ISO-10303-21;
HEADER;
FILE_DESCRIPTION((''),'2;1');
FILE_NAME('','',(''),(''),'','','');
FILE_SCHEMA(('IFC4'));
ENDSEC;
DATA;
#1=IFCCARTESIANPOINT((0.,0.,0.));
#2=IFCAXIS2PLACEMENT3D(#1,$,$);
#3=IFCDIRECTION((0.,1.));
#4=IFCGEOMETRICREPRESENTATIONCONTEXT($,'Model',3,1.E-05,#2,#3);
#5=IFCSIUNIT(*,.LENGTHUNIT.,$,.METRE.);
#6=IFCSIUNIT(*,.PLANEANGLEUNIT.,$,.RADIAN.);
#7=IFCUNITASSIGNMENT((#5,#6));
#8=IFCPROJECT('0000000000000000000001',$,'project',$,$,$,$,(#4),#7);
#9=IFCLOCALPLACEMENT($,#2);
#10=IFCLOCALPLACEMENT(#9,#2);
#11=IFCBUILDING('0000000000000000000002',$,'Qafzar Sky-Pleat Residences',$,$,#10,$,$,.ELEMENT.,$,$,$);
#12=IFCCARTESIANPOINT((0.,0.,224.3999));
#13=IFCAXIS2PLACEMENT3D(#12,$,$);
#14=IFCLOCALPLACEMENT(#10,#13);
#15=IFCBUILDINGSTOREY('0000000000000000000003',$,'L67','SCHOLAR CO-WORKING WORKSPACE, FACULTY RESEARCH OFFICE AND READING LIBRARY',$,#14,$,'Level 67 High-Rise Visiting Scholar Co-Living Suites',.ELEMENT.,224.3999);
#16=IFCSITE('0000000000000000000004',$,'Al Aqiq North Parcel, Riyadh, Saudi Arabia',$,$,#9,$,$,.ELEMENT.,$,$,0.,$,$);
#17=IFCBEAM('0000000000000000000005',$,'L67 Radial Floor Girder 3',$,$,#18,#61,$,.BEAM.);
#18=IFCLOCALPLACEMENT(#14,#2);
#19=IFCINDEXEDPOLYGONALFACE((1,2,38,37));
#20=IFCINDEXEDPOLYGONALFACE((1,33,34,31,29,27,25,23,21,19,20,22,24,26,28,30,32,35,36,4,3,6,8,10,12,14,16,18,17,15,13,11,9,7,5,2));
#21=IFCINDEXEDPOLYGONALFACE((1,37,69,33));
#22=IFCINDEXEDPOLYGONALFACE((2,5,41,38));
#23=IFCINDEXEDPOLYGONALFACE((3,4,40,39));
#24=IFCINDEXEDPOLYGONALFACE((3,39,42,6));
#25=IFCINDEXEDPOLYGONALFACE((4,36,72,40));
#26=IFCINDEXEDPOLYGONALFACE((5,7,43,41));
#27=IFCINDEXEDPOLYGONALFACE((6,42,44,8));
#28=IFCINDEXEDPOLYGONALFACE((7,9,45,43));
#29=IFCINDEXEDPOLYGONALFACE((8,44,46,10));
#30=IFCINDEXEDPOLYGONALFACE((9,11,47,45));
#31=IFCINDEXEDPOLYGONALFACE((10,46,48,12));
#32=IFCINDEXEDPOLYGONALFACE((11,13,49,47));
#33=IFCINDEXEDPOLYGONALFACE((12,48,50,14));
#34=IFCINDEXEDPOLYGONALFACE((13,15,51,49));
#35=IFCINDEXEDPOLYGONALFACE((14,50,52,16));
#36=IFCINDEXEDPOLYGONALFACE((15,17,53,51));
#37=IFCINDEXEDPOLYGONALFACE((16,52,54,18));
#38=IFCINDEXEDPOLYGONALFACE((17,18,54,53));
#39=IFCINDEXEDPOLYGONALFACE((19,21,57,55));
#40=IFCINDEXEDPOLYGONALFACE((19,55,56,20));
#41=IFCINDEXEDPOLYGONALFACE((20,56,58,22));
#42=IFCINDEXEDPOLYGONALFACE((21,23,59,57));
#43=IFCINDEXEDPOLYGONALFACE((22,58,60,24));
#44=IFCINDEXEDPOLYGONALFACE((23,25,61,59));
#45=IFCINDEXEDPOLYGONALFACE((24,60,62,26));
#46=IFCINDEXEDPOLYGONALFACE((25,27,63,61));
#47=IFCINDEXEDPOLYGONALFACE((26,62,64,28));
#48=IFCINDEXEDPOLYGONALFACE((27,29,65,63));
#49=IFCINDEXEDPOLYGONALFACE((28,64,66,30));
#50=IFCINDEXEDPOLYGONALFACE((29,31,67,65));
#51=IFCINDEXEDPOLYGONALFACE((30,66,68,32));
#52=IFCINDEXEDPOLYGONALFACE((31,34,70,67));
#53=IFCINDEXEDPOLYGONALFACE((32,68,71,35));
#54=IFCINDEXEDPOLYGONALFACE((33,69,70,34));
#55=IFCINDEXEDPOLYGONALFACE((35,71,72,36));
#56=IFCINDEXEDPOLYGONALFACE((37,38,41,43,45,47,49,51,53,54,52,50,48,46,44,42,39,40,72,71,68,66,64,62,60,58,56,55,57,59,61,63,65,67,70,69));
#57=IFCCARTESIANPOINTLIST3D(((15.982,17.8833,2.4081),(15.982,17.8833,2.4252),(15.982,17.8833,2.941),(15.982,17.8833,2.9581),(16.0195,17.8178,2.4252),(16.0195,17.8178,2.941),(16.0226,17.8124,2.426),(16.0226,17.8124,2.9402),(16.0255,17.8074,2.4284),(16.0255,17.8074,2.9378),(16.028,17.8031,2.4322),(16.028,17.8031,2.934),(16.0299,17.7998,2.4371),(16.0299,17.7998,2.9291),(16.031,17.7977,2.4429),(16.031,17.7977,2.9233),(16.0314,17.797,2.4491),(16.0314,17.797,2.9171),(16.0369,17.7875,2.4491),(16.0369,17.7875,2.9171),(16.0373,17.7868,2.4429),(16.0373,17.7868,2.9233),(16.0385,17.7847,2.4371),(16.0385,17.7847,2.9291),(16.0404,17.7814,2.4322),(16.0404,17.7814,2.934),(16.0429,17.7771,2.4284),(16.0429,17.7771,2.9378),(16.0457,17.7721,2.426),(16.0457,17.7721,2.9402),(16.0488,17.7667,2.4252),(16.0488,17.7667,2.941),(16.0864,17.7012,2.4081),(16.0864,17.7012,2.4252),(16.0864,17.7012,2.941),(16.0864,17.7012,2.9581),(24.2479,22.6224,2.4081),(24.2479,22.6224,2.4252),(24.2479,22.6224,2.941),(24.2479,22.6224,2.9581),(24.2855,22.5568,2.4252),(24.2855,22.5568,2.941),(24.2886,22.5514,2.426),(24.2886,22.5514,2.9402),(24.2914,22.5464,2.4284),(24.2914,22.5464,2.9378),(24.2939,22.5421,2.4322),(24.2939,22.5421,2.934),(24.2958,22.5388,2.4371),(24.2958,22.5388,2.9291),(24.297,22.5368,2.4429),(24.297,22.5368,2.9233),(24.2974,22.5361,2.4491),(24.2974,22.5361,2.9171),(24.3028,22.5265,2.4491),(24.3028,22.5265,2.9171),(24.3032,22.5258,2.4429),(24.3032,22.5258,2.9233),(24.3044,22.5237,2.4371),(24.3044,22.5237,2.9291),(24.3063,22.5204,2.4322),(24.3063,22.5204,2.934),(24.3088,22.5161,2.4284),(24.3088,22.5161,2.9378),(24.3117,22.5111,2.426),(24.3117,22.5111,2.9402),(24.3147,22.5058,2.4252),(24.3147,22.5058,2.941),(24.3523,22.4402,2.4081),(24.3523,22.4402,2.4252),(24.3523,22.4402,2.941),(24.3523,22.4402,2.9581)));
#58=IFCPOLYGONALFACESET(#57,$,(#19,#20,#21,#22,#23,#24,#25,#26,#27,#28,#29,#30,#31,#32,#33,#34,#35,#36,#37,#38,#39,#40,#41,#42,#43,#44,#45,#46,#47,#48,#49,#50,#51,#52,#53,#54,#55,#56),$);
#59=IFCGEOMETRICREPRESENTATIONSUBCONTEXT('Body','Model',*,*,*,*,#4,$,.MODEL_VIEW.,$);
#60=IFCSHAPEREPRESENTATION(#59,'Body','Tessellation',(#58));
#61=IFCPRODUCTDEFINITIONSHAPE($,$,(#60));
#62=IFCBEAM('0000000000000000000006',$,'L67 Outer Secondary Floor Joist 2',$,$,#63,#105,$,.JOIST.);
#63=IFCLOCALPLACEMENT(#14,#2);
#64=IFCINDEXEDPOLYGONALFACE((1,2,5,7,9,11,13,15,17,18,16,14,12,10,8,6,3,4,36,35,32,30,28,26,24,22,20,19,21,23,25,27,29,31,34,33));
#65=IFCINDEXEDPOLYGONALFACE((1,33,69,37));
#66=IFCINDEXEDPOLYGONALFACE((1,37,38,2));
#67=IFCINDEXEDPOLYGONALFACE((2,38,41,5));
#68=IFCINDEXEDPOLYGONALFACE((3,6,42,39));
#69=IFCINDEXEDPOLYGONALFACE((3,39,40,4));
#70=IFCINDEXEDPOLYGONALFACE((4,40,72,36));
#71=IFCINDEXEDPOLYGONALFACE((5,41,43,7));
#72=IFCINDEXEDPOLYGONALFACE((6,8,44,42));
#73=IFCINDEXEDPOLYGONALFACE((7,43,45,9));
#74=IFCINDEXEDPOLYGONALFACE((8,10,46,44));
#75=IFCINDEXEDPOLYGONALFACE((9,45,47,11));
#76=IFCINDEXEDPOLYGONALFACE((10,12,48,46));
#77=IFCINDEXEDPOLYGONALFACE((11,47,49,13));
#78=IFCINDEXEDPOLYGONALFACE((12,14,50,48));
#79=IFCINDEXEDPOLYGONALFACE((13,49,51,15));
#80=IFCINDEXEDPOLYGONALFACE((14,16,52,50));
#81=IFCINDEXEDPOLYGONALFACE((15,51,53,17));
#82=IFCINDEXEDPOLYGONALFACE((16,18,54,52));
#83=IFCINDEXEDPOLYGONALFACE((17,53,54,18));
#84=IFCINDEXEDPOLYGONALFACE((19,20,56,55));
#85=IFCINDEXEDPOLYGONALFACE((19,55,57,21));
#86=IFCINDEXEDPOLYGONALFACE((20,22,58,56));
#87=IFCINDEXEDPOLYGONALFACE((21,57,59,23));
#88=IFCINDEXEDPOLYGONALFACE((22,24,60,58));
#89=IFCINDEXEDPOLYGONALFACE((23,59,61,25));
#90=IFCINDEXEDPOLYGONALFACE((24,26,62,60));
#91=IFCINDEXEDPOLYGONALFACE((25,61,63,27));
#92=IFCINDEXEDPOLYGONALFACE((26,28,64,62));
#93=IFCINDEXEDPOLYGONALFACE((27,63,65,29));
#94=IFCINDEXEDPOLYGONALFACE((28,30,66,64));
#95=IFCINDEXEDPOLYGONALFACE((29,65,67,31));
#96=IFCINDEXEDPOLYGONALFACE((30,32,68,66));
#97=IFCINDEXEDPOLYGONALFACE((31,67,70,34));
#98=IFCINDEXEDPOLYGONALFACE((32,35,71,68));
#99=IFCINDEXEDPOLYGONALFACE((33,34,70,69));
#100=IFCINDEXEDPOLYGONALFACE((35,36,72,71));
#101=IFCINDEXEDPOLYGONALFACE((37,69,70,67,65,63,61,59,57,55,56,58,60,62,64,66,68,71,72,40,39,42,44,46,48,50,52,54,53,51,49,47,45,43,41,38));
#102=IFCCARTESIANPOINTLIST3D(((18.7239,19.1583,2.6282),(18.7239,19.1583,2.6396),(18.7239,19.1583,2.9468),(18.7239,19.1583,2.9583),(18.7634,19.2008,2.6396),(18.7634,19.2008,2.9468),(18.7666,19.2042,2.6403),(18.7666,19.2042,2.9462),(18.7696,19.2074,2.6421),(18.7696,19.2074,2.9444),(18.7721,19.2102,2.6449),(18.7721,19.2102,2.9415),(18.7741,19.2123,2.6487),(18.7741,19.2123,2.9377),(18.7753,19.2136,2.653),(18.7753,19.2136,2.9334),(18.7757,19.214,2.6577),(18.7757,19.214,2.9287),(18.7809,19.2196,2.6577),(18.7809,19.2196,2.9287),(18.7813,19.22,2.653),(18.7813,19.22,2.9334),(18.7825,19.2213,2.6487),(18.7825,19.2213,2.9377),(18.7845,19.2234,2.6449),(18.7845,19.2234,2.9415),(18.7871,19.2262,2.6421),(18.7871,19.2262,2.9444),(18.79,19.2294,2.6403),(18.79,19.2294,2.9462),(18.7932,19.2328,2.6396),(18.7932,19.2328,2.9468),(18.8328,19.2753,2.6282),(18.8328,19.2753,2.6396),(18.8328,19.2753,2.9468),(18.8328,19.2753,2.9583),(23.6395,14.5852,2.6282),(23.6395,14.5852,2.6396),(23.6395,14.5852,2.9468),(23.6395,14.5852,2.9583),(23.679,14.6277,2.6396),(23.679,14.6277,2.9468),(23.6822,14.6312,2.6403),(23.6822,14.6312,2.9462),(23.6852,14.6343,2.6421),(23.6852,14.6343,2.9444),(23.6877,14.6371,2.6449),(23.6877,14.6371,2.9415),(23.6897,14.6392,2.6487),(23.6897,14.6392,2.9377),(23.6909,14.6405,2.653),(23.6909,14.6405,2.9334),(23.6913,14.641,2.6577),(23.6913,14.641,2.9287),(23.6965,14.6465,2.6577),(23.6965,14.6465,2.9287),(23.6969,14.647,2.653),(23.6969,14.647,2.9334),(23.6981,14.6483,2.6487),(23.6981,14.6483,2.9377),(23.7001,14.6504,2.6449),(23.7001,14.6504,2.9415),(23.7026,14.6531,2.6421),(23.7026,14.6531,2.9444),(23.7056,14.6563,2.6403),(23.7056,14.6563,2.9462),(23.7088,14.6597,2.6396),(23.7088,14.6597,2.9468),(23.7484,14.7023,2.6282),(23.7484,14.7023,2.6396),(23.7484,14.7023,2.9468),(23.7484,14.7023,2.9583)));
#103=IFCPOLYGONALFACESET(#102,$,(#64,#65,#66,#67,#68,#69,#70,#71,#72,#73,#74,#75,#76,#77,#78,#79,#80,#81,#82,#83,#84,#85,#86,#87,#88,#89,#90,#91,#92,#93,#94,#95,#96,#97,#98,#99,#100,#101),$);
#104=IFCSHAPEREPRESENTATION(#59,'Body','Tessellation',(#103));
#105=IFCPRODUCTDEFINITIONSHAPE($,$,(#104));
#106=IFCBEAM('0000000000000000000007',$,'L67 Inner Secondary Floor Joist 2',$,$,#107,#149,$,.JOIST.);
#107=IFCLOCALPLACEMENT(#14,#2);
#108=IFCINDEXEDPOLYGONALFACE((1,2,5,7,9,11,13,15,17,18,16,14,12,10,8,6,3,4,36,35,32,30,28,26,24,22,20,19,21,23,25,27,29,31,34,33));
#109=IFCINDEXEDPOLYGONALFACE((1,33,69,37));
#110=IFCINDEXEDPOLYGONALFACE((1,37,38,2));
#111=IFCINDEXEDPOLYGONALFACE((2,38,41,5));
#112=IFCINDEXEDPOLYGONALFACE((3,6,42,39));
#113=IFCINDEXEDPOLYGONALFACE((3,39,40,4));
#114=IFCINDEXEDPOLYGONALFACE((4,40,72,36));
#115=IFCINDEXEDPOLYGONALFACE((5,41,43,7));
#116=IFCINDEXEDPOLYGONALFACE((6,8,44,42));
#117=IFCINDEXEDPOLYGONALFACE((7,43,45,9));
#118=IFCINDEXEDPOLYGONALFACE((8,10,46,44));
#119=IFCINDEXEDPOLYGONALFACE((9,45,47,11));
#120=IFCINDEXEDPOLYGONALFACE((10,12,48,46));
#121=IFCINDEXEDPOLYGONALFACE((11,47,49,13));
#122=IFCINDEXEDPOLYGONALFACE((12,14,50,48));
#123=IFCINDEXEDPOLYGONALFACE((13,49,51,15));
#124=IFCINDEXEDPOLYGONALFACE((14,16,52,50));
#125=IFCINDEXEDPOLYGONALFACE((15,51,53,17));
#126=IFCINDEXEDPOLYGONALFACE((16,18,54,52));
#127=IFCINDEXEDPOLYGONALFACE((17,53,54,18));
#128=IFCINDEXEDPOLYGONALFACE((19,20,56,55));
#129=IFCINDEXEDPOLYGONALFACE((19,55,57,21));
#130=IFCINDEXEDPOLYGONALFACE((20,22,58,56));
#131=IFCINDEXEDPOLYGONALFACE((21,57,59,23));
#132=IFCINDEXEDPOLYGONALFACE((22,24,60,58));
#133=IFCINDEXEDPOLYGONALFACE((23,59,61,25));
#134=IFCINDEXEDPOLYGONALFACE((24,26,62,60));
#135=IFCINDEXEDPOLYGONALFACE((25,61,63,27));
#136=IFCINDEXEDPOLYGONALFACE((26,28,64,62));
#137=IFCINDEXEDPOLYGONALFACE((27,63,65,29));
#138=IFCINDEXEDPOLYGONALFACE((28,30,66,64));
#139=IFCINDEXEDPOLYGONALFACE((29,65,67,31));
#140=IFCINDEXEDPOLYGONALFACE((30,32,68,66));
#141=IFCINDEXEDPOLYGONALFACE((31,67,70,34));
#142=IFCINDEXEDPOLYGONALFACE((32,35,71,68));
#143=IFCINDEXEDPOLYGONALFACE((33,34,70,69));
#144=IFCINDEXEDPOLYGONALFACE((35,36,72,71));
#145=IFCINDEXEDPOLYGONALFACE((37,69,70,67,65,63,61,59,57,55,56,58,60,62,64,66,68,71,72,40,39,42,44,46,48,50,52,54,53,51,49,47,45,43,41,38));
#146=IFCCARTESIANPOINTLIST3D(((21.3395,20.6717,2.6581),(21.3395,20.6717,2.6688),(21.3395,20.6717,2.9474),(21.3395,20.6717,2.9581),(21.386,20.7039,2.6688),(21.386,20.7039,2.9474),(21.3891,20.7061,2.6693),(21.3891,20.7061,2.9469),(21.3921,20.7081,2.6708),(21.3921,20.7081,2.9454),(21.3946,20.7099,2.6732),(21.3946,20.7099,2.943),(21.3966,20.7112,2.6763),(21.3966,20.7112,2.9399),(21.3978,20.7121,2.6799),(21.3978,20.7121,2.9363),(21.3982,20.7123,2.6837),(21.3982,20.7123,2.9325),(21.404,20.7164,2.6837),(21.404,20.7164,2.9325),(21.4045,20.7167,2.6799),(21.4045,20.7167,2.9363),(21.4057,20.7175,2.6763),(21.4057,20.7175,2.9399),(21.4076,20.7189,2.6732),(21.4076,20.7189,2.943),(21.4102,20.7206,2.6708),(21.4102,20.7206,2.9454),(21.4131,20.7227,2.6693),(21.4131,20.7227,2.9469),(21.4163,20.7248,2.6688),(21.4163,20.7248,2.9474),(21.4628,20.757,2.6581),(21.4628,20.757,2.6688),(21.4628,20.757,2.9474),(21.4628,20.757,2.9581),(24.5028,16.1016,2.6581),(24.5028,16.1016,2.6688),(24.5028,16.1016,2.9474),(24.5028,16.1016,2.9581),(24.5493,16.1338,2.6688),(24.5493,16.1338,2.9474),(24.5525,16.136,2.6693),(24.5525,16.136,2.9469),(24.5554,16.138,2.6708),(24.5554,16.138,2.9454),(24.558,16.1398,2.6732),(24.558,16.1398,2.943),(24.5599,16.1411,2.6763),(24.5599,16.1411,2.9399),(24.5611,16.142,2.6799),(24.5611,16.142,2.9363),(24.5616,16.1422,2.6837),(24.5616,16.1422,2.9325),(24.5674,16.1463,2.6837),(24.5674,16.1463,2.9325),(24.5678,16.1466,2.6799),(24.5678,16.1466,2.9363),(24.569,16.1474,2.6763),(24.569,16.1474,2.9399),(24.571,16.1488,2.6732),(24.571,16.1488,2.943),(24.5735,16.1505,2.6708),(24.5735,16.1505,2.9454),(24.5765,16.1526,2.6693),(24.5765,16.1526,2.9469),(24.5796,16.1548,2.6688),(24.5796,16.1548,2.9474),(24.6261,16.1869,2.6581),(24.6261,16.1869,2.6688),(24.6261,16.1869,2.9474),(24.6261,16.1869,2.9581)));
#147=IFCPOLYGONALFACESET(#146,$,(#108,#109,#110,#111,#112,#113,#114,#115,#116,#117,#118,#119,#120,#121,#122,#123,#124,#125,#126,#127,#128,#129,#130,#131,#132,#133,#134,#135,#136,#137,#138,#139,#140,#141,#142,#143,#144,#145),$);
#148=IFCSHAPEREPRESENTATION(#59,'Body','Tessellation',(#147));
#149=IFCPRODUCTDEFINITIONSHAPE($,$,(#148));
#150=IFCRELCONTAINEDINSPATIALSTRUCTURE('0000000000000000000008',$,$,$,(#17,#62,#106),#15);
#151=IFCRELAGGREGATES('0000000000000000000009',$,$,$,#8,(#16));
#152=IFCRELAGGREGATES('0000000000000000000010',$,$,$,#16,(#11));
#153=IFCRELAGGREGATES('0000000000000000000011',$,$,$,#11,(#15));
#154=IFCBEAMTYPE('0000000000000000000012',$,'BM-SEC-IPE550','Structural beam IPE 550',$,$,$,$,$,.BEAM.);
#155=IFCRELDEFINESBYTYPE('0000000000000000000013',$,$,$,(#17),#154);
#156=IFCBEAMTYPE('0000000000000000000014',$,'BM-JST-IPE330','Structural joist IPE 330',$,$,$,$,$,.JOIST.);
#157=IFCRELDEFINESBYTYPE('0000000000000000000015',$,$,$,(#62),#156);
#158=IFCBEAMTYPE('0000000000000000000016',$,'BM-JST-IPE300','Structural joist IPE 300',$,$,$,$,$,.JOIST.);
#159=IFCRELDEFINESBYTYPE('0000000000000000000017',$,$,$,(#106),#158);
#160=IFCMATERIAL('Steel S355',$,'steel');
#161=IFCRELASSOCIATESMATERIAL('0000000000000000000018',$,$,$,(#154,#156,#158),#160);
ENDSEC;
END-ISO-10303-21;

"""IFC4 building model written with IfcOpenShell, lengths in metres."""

from ifc_helpers import new_model, si_unit, direction, frame, origin, origin_2d, place, context, subcontext, project, spatial, i_section, extrude, source, transform, mapped, material, material_profile, profile_set, type_object, element, save


model = new_model("IFC4")

# Units and contexts
model_context = context("Model", 3, precision=1e-05, world=origin(), true_north=direction((0.0, 1.0)))
body_context = subcontext(model_context, "Body", "Model", "MODEL_VIEW")
ifc_project = project(units=[si_unit("LENGTHUNIT", "METRE"), si_unit("PLANEANGLEUNIT", "RADIAN")], contexts=[model_context])

# Site, building, storey
site_placement = place(None, origin())
site = spatial("IfcSite", under=ifc_project, at=site_placement, Name="Al Aqiq North Parcel, Riyadh, Saudi Arabia", CompositionType="ELEMENT", RefElevation=0.0)
building_placement = place(site_placement, origin())
building = spatial("IfcBuilding", under=site, at=building_placement, Name="Qafzar Sky-Pleat Residences", CompositionType="ELEMENT")
storey_placement = place(building_placement, frame((0.0, 0.0, 224.3999)))
storey = spatial("IfcBuildingStorey", under=building, at=storey_placement, Name="L67", Description="SCHOLAR CO-WORKING WORKSPACE, FACULTY RESEARCH OFFICE AND READING LIBRARY", LongName="Level 67 High-Rise Visiting Scholar Co-Living Suites", CompositionType="ELEMENT", Elevation=224.3999)

# Beams
ifc_material_1 = material(Name="Steel S355", Category="steel")
ifc_material_profile_1 = material_profile(ifc_material_1, i_section(OverallWidth=0.21, OverallDepth=0.55, WebThickness=0.011, FlangeThickness=0.0171, FilletRadius=0.0239, at=origin_2d()), Name="IPE 550")
ifc_profile_set_1 = profile_set([ifc_material_profile_1], Name="Steel S355")
beam_type_1 = type_object("IfcBeamType", Name="BM-SEC-IPE550", Description="Structural beam IPE 550", PredefinedType="BEAM", material=ifc_profile_set_1)
shared_shape_1 = source(origin(), body_context, "Body", "SweptSolid", [
    extrude(i_section(OverallWidth=0.21, OverallDepth=0.55, WebThickness=0.011, FlangeThickness=0.0171, FilletRadius=0.0239, at=origin_2d()), origin(), (0.0, 0.0, 1.0), 9.5281),
])
beam_1_placement = place(storey_placement, frame((16.0342, 17.7922, 2.6831), z_axis=(0.867534, 0.497377, 0.0), x_axis=(-0.497377, 0.867534, 0.0)))
element("IfcBeam", 1, at=beam_1_placement, inside=storey, type_object=beam_type_1, Name="L67 Radial Floor Girder 3", PredefinedType="BEAM", context=body_context, shape_type="MappedRepresentation", body=[
    mapped(shared_shape_1, transform((0.0, 0.0, 0.0), x_axis=(1.0, 0.0, 0.0), y_axis=(0.0, 1.0, 0.0), z_axis=(0.0, 0.0, 1.0), scale=1.0)),
])
ifc_material_profile_2 = material_profile(ifc_material_1, i_section(OverallWidth=0.1599, OverallDepth=0.3301, WebThickness=0.0076, FlangeThickness=0.0115, FilletRadius=0.0181, at=origin_2d()), Name="IPE 330")
ifc_profile_set_2 = profile_set([ifc_material_profile_2], Name="Steel S355")
beam_type_2 = type_object("IfcBeamType", Name="BM-JST-IPE330", Description="Structural joist IPE 330", PredefinedType="JOIST", material=ifc_profile_set_2)
shared_shape_2 = source(origin(), body_context, "Body", "SweptSolid", [
    extrude(i_section(OverallWidth=0.1599, OverallDepth=0.3301, WebThickness=0.0076, FlangeThickness=0.0115, FilletRadius=0.0181, at=origin_2d()), origin(), (0.0, 0.0, 1.0), 6.7139),
])
beam_2_placement = place(storey_placement, frame((18.7783, 19.2168, 2.7932), z_axis=(0.732156, -0.681137, 0.0), x_axis=(0.681137, 0.732156, 0.0)))
element("IfcBeam", 2, at=beam_2_placement, inside=storey, type_object=beam_type_2, Name="L67 Outer Secondary Floor Joist 2", PredefinedType="JOIST", context=body_context, shape_type="MappedRepresentation", body=[
    mapped(shared_shape_2, transform((0.0, 0.0, 0.0), x_axis=(1.0, 0.0, 0.0), y_axis=(0.0, 1.0, 0.0), z_axis=(0.0, 0.0, 1.0), scale=1.0)),
])
ifc_material_profile_3 = material_profile(ifc_material_1, i_section(OverallWidth=0.1499, OverallDepth=0.3, WebThickness=0.0071, FlangeThickness=0.0107, FilletRadius=0.0149, at=origin_2d()), Name="IPE 300")
ifc_profile_set_3 = profile_set([ifc_material_profile_3], Name="Steel S355")
beam_type_3 = type_object("IfcBeamType", Name="BM-JST-IPE300", Description="Structural joist IPE 300", PredefinedType="JOIST", material=ifc_profile_set_3)
shared_shape_3 = source(origin(), body_context, "Body", "SweptSolid", [
    extrude(i_section(OverallWidth=0.1499, OverallDepth=0.3, WebThickness=0.0071, FlangeThickness=0.0107, FilletRadius=0.0149, at=origin_2d()), origin(), (0.0, 0.0, 1.0), 5.5581),
])
beam_3_placement = place(storey_placement, frame((21.4011, 20.7144, 2.8081), z_axis=(0.569141, -0.82224, 0.0), x_axis=(0.82224, 0.569141, 0.0)))
element("IfcBeam", 3, at=beam_3_placement, inside=storey, type_object=beam_type_3, Name="L67 Inner Secondary Floor Joist 2", PredefinedType="JOIST", context=body_context, shape_type="MappedRepresentation", body=[
    mapped(shared_shape_3, transform((0.0, 0.0, 0.0), x_axis=(1.0, 0.0, 0.0), y_axis=(0.0, 1.0, 0.0), z_axis=(0.0, 0.0, 1.0), scale=1.0)),
])

save(model, "model.ifc")
